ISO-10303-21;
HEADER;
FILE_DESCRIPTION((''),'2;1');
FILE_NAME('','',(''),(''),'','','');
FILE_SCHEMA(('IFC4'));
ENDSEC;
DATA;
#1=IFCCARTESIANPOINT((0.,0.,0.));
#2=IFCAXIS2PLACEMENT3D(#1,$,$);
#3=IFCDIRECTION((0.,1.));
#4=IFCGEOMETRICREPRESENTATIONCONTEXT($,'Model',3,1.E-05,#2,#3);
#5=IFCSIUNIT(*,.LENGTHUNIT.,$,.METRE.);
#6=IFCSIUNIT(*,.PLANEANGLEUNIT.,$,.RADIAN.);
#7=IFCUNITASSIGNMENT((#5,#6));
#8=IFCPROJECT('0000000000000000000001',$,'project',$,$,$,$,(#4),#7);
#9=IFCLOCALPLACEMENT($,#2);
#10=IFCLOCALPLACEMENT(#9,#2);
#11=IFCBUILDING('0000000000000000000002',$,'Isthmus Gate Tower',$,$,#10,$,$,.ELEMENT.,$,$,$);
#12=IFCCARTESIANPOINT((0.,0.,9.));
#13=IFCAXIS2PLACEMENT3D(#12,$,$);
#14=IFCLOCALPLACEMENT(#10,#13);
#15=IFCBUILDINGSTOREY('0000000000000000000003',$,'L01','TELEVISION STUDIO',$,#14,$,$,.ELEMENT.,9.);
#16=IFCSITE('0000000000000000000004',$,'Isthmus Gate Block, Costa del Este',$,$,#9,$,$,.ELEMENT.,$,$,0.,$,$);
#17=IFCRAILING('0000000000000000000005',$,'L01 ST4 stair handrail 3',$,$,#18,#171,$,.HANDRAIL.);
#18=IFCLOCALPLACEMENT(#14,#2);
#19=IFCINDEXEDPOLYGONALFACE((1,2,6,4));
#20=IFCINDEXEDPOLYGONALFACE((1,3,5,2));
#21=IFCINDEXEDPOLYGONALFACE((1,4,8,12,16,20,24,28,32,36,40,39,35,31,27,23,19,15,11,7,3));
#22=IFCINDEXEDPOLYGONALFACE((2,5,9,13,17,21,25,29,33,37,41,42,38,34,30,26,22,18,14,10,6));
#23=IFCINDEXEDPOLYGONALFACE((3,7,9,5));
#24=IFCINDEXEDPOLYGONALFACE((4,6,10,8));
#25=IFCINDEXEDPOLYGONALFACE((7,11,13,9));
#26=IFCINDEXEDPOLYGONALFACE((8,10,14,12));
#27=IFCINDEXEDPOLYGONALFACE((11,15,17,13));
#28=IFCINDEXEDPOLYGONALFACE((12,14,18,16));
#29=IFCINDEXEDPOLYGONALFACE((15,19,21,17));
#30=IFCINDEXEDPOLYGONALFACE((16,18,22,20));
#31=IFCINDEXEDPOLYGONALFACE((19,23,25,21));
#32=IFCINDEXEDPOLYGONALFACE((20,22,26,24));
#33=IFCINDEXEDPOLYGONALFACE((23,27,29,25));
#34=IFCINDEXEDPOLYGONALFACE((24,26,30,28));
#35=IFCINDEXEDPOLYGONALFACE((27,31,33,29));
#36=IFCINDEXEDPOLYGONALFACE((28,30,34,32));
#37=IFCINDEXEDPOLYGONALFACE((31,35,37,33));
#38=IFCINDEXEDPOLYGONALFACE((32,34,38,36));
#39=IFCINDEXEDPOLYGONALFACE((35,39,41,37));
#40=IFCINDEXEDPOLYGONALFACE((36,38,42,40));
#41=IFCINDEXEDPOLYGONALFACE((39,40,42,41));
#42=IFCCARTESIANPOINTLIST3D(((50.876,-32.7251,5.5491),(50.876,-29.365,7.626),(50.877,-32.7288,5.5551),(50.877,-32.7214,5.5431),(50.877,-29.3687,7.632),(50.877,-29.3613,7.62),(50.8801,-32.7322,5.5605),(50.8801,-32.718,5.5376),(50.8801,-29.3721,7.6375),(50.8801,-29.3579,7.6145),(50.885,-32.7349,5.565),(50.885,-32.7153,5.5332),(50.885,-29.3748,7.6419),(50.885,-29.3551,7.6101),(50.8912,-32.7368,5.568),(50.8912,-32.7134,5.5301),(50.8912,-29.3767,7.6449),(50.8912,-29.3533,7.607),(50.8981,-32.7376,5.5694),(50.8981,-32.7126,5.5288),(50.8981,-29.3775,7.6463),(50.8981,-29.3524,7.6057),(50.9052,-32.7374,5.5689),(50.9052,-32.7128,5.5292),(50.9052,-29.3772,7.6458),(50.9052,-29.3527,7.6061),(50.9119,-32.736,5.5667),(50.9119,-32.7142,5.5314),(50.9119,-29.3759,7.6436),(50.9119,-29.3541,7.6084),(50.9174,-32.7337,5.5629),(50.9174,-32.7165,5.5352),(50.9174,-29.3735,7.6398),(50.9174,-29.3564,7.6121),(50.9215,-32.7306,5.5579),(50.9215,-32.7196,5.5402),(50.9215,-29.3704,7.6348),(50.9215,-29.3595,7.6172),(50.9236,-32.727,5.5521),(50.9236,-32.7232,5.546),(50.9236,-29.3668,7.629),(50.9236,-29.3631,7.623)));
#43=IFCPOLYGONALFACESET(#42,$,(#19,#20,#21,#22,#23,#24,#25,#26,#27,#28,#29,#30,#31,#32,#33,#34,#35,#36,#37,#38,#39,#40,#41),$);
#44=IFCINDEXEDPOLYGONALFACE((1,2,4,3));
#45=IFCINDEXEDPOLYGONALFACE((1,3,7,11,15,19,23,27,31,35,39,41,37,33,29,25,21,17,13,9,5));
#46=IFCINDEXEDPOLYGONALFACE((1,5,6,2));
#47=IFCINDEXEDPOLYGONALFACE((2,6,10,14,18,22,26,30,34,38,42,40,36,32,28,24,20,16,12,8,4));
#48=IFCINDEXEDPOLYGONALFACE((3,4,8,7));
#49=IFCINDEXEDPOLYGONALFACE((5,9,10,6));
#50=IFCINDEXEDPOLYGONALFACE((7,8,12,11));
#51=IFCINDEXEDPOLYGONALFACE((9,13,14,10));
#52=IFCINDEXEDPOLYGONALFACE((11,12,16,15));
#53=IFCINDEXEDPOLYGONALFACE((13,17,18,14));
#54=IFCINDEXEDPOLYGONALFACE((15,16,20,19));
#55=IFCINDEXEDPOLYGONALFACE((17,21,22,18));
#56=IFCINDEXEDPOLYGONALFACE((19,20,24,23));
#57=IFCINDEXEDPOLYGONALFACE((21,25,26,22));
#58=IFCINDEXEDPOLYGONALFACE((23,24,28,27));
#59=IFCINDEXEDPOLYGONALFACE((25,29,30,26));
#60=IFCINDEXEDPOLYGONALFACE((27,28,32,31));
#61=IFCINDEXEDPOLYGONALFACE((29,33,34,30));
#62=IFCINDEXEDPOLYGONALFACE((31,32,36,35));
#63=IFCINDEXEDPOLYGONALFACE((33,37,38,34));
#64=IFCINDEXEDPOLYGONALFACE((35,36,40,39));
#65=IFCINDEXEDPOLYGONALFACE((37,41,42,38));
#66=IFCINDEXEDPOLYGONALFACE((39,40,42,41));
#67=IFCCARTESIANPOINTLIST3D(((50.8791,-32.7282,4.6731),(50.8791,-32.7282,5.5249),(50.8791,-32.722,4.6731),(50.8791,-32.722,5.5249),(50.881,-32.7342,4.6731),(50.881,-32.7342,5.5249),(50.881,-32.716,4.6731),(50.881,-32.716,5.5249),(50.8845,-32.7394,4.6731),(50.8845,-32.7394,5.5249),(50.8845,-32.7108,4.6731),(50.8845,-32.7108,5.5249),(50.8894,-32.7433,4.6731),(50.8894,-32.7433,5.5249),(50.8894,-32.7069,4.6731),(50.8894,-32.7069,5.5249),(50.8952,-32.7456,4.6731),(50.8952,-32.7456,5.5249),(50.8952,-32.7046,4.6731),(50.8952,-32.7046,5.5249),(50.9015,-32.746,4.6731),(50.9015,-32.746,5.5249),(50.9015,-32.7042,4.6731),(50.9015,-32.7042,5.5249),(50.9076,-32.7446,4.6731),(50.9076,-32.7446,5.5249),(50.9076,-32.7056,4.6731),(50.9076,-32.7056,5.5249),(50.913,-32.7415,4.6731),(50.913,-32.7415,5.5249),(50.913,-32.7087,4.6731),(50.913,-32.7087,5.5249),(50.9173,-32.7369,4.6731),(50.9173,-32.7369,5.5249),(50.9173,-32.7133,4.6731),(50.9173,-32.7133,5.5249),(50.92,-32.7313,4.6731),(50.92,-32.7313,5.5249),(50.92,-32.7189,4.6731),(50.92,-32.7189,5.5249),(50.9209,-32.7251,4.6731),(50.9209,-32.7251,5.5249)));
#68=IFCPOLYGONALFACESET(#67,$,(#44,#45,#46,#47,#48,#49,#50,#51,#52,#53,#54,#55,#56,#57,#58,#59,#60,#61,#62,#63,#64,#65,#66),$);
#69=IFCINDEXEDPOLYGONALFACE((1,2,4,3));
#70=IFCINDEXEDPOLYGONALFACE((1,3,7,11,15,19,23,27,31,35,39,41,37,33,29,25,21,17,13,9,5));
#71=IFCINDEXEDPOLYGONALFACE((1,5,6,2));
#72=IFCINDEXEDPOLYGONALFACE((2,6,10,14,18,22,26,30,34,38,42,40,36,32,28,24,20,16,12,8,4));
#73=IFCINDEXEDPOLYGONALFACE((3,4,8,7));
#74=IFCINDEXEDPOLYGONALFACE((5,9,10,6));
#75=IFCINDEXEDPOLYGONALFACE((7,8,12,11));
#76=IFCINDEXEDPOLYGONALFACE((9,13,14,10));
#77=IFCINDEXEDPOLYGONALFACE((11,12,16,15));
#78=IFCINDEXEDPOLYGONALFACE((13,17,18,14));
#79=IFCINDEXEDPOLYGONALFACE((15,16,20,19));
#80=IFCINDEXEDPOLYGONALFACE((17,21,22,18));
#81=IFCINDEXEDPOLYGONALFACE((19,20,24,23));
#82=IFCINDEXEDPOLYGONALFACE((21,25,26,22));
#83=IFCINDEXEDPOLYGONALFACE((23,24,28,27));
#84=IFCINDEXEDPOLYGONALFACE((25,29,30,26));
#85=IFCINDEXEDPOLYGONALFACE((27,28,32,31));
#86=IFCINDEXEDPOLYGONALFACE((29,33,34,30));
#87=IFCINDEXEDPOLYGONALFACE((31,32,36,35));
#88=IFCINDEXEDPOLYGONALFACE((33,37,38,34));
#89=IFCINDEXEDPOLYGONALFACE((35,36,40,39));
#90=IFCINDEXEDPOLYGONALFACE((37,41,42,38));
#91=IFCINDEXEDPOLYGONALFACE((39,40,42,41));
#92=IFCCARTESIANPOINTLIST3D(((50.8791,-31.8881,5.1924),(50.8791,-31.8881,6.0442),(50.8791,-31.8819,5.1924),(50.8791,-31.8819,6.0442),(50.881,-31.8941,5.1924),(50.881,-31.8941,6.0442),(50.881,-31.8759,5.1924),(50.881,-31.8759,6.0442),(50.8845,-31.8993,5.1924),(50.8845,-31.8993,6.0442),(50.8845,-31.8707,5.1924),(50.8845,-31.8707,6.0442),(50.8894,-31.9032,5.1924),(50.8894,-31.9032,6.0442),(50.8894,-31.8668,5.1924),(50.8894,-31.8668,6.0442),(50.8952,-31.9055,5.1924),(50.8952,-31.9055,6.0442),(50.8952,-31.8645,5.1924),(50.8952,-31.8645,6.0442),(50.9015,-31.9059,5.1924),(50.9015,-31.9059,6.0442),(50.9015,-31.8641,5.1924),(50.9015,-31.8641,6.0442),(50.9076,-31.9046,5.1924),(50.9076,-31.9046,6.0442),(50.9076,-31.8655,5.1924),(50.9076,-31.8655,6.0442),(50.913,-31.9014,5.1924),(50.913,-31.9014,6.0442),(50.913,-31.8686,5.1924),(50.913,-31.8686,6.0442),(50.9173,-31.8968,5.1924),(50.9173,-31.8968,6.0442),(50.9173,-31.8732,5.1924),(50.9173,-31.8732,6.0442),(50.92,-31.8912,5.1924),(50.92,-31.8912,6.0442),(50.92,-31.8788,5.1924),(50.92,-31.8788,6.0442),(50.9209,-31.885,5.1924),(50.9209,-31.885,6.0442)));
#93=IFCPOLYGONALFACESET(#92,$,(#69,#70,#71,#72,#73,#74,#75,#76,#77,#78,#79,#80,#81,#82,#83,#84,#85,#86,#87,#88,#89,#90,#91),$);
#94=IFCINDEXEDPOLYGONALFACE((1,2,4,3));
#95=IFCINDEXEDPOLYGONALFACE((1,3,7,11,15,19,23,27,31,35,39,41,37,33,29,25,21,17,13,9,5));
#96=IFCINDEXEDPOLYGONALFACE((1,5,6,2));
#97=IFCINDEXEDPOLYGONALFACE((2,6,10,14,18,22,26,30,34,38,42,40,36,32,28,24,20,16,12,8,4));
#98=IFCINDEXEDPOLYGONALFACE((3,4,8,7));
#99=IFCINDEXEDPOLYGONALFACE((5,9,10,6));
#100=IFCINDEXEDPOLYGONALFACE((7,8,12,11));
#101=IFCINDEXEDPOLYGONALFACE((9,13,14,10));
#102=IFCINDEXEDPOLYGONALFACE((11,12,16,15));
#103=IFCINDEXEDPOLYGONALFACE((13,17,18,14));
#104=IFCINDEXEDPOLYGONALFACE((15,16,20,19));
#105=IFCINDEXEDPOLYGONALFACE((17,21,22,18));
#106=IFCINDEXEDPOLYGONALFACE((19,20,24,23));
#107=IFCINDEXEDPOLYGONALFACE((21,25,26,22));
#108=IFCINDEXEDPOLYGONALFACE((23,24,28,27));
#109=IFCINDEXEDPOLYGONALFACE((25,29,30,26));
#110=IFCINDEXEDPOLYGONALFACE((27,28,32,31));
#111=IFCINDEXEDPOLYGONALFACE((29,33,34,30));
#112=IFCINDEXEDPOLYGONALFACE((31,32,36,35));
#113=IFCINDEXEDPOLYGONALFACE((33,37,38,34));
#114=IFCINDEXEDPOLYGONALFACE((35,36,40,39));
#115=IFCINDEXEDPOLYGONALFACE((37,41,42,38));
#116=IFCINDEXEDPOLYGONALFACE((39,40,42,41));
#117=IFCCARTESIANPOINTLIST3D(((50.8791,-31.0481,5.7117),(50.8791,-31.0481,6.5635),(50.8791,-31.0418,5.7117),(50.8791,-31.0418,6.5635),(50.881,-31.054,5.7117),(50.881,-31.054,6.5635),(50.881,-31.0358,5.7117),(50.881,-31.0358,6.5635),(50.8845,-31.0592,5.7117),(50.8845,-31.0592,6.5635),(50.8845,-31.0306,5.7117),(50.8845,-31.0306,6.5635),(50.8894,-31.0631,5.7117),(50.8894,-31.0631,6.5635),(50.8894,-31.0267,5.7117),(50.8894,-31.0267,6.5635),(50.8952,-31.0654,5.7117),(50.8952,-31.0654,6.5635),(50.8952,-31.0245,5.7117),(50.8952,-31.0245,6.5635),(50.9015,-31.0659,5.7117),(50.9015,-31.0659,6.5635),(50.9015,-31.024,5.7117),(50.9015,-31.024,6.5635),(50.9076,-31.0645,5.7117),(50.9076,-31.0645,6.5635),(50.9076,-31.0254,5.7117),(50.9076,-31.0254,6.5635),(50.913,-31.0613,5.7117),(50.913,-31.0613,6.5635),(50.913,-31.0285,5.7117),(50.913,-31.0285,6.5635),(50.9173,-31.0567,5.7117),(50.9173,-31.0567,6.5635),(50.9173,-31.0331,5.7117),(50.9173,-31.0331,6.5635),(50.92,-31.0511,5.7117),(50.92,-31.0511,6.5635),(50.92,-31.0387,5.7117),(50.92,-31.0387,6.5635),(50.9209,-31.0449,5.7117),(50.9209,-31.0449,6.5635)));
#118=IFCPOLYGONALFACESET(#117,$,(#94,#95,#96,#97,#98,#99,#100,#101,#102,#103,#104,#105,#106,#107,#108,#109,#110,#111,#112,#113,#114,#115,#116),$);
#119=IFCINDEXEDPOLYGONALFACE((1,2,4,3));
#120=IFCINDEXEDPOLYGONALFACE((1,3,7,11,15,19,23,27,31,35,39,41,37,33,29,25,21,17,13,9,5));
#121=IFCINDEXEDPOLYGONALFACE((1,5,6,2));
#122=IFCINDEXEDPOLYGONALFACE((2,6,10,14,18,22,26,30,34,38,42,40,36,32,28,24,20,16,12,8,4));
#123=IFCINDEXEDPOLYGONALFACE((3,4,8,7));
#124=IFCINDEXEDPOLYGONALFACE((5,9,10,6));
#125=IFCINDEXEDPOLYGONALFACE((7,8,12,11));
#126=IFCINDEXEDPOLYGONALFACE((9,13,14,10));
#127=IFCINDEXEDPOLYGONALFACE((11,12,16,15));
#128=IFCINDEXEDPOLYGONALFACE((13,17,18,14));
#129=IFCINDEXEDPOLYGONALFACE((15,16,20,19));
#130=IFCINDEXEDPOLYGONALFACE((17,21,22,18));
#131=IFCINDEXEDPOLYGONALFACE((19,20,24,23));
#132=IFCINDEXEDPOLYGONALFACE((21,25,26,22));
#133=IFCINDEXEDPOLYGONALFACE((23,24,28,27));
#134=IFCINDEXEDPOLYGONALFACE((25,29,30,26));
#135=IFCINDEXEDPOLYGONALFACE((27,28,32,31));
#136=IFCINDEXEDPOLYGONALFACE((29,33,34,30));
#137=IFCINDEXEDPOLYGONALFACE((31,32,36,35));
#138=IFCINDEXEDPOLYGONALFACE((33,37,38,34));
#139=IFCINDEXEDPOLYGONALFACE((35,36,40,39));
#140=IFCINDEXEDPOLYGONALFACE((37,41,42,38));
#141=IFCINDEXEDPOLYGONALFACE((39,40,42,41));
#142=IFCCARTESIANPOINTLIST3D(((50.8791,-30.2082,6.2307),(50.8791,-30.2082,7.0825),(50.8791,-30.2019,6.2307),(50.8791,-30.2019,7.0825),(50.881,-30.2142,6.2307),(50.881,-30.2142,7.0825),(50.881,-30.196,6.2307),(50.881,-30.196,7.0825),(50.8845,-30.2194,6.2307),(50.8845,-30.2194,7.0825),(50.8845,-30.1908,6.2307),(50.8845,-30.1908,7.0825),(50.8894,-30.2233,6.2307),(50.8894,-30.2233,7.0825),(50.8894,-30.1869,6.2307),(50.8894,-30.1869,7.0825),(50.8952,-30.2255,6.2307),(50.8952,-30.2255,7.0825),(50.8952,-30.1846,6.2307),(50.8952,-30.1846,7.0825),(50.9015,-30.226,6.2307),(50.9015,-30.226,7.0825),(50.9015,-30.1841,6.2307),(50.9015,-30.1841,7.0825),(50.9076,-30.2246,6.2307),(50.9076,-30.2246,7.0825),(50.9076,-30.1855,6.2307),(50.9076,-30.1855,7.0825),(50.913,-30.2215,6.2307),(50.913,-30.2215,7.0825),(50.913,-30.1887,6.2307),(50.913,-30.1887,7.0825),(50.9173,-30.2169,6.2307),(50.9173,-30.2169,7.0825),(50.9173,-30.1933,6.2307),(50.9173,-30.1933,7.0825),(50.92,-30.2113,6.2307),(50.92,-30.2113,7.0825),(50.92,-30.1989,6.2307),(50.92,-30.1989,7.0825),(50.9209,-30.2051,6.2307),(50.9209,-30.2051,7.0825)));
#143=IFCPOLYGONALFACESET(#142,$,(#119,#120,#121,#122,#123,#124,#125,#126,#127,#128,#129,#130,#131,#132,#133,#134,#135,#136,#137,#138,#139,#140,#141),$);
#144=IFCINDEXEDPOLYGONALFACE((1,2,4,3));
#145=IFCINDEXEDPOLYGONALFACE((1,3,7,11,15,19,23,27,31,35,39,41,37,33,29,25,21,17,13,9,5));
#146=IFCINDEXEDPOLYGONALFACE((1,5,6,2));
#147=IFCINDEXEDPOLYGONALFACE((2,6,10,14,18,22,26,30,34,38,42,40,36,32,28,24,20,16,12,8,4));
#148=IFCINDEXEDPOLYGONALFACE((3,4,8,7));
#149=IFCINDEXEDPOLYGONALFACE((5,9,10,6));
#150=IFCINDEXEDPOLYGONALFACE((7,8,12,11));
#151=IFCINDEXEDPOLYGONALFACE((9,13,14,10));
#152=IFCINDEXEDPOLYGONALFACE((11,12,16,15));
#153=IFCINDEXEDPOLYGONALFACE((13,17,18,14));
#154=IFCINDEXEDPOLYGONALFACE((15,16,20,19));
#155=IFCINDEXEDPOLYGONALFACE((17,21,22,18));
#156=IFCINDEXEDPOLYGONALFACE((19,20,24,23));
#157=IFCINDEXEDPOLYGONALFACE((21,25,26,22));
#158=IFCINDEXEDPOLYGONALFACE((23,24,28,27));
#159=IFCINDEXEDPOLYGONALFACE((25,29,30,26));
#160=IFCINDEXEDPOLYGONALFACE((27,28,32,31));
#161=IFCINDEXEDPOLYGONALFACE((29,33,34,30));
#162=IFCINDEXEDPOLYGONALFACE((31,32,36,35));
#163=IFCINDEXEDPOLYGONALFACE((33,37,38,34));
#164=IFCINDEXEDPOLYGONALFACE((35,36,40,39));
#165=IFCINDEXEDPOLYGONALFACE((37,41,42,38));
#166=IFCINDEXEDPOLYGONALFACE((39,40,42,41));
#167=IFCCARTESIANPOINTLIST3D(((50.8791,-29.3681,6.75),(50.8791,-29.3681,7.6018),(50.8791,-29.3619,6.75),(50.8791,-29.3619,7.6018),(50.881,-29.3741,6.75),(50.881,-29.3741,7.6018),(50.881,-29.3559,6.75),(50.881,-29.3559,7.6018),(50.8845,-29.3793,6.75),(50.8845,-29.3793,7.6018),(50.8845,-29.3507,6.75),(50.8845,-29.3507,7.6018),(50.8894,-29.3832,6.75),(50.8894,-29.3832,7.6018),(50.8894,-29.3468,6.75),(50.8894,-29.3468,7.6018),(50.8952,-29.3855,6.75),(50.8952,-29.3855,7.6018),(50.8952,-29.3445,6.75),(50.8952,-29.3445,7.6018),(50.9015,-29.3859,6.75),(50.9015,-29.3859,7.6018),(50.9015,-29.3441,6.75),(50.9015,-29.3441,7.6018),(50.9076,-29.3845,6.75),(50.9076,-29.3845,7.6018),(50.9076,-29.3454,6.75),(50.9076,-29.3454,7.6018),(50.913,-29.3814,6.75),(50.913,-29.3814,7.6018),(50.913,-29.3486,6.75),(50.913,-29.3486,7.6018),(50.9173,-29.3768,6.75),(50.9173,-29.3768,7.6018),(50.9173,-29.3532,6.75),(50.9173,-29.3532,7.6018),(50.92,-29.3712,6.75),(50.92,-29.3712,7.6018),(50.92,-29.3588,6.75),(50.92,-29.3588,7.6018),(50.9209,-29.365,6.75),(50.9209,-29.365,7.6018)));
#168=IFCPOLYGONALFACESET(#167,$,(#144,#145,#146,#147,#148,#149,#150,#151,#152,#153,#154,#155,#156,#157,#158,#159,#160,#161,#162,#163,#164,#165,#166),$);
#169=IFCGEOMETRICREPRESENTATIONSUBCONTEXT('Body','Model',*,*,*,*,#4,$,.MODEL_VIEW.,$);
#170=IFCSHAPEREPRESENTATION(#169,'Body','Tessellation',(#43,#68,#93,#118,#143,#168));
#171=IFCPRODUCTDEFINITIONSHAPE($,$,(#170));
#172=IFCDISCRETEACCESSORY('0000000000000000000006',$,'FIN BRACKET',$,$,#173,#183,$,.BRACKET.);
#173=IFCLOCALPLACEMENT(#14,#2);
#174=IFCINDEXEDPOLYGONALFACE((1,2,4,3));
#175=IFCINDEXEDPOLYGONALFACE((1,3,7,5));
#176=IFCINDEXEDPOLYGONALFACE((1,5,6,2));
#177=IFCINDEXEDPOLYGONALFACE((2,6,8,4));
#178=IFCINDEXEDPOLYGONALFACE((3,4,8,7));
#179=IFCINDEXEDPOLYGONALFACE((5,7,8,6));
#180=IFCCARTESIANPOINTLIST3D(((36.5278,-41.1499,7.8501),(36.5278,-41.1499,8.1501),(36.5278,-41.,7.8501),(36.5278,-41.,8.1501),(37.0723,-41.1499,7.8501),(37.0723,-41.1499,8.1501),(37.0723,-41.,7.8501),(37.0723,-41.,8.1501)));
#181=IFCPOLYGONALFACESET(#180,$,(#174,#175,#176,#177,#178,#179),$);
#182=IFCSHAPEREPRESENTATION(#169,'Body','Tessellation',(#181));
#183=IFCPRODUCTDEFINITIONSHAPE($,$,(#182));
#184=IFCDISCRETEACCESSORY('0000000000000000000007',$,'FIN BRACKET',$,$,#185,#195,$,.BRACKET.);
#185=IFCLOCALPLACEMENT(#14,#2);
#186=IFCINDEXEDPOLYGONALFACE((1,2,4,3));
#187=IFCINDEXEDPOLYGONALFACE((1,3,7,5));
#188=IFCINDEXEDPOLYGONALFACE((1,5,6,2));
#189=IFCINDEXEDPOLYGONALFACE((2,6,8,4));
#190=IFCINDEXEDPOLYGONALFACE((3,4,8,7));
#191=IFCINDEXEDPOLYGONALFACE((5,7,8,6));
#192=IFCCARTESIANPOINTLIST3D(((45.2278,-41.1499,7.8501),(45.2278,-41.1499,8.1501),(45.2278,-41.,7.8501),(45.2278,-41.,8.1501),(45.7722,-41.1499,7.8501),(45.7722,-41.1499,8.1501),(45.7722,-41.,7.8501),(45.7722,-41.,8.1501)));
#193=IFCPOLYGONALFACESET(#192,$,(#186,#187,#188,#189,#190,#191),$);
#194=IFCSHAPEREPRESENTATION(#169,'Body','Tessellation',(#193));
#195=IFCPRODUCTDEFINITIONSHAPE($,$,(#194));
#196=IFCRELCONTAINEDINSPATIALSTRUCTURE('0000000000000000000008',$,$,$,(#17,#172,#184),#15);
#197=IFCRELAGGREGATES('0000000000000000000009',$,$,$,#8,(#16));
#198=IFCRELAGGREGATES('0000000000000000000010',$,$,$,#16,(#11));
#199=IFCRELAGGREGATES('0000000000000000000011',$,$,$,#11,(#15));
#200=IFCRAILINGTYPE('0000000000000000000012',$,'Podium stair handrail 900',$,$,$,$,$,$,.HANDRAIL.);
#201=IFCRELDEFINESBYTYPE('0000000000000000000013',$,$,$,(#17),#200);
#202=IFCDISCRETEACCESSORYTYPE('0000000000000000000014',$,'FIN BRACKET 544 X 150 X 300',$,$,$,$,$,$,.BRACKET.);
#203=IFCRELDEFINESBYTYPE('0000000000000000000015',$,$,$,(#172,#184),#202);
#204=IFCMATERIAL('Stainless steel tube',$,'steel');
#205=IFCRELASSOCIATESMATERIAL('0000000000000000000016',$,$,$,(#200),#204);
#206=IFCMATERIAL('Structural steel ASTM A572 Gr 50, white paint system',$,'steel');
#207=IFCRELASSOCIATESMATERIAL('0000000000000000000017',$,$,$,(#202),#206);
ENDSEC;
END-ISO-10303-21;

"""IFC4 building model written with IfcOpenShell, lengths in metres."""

from ifc_helpers import new_model, si_unit, direction, frame, origin, origin_2d, place, context, subcontext, project, spatial, rectangle, circle, extrude, material, type_object, element, save


model = new_model("IFC4")

# Units and contexts
model_context = context("Model", 3, precision=1e-05, world=origin(), true_north=direction((0.0, 1.0)))
body_context = subcontext(model_context, "Body", "Model", "MODEL_VIEW")
ifc_project = project(units=[si_unit("LENGTHUNIT", "METRE"), si_unit("PLANEANGLEUNIT", "RADIAN")], contexts=[model_context])

# Site, building, storey
site_placement = place(None, origin())
site = spatial("IfcSite", under=ifc_project, at=site_placement, Name="Isthmus Gate Block, Costa del Este", CompositionType="ELEMENT", RefElevation=0.0)
building_placement = place(site_placement, origin())
building = spatial("IfcBuilding", under=site, at=building_placement, Name="Isthmus Gate Tower", CompositionType="ELEMENT")
storey_placement = place(building_placement, frame((0.0, 0.0, 9.0)))
storey = spatial("IfcBuildingStorey", under=building, at=storey_placement, Name="L01", Description="TELEVISION STUDIO", CompositionType="ELEMENT", Elevation=9.0)

# Railing
ifc_material_1 = material(Name="Stainless steel tube", Category="steel")
railing_type_1 = type_object("IfcRailingType", Name="Podium stair handrail 900", PredefinedType="HANDRAIL", material=ifc_material_1)
for number, where, name in (
    (1, (50.8999, -32.7251, 4.6731), "L01 ST4 stair handrail 3"),
):
    element("IfcRailing", number, at=place(storey_placement, frame(where)), inside=storey, type_object=railing_type_1, Name=name, PredefinedType="HANDRAIL", context=body_context, shape_type="SweptSolid", body=[
        extrude(circle(Radius=0.0239, at=origin_2d()), frame((0.0, 0.0, 0.876), z_axis=(0.0, 0.850623, 0.525776), x_axis=(-1.0, 0.0, 0.0)), (0.0, 0.0, 1.0), 3.9502),
        extrude(circle(Radius=0.021, at=origin_2d()), origin(), (0.0, 0.0, 1.0), 0.8518),
        extrude(circle(Radius=0.021, at=origin_2d()), frame((0.0, 0.8401, 0.5193)), (0.0, 0.0, 1.0), 0.8518),
        extrude(circle(Radius=0.021, at=origin_2d()), frame((0.0, 1.6802, 1.0386)), (0.0, 0.0, 1.0), 0.8518),
        extrude(circle(Radius=0.021, at=origin_2d()), frame((0.0, 2.52, 1.5576)), (0.0, 0.0, 1.0), 0.8518),
        extrude(circle(Radius=0.021, at=origin_2d()), frame((0.0, 3.3601, 2.0769)), (0.0, 0.0, 1.0), 0.8518),
    ])

# Discrete accessories
ifc_material_2 = material(Name="Structural steel ASTM A572 Gr 50, white paint system", Category="steel")
discrete_accessory_type = type_object("IfcDiscreteAccessoryType", Name="FIN BRACKET 544 X 150 X 300", PredefinedType="BRACKET", material=ifc_material_2)
for number, where, z_axis, x_axis, name in (
    (2, (36.8, -41.075, 7.8501), (0.0, 0.0, 1.0), (0.0, -1.0, 0.0), "FIN BRACKET"),
    (3, (45.5, -41.075, 7.8501), (0.0, 0.0, 1.0), (0.0, -1.0, 0.0), "FIN BRACKET"),
):
    element("IfcDiscreteAccessory", number, at=place(storey_placement, frame(where, z_axis=z_axis, x_axis=x_axis)), inside=storey, type_object=discrete_accessory_type, Name=name, PredefinedType="BRACKET", context=body_context, shape_type="SweptSolid", body=[
        extrude(rectangle(XDim=0.1499, YDim=0.5444, at=origin_2d()), origin(), (0.0, 0.0, 1.0), 0.3),
    ])

save(model, "model.ifc")
